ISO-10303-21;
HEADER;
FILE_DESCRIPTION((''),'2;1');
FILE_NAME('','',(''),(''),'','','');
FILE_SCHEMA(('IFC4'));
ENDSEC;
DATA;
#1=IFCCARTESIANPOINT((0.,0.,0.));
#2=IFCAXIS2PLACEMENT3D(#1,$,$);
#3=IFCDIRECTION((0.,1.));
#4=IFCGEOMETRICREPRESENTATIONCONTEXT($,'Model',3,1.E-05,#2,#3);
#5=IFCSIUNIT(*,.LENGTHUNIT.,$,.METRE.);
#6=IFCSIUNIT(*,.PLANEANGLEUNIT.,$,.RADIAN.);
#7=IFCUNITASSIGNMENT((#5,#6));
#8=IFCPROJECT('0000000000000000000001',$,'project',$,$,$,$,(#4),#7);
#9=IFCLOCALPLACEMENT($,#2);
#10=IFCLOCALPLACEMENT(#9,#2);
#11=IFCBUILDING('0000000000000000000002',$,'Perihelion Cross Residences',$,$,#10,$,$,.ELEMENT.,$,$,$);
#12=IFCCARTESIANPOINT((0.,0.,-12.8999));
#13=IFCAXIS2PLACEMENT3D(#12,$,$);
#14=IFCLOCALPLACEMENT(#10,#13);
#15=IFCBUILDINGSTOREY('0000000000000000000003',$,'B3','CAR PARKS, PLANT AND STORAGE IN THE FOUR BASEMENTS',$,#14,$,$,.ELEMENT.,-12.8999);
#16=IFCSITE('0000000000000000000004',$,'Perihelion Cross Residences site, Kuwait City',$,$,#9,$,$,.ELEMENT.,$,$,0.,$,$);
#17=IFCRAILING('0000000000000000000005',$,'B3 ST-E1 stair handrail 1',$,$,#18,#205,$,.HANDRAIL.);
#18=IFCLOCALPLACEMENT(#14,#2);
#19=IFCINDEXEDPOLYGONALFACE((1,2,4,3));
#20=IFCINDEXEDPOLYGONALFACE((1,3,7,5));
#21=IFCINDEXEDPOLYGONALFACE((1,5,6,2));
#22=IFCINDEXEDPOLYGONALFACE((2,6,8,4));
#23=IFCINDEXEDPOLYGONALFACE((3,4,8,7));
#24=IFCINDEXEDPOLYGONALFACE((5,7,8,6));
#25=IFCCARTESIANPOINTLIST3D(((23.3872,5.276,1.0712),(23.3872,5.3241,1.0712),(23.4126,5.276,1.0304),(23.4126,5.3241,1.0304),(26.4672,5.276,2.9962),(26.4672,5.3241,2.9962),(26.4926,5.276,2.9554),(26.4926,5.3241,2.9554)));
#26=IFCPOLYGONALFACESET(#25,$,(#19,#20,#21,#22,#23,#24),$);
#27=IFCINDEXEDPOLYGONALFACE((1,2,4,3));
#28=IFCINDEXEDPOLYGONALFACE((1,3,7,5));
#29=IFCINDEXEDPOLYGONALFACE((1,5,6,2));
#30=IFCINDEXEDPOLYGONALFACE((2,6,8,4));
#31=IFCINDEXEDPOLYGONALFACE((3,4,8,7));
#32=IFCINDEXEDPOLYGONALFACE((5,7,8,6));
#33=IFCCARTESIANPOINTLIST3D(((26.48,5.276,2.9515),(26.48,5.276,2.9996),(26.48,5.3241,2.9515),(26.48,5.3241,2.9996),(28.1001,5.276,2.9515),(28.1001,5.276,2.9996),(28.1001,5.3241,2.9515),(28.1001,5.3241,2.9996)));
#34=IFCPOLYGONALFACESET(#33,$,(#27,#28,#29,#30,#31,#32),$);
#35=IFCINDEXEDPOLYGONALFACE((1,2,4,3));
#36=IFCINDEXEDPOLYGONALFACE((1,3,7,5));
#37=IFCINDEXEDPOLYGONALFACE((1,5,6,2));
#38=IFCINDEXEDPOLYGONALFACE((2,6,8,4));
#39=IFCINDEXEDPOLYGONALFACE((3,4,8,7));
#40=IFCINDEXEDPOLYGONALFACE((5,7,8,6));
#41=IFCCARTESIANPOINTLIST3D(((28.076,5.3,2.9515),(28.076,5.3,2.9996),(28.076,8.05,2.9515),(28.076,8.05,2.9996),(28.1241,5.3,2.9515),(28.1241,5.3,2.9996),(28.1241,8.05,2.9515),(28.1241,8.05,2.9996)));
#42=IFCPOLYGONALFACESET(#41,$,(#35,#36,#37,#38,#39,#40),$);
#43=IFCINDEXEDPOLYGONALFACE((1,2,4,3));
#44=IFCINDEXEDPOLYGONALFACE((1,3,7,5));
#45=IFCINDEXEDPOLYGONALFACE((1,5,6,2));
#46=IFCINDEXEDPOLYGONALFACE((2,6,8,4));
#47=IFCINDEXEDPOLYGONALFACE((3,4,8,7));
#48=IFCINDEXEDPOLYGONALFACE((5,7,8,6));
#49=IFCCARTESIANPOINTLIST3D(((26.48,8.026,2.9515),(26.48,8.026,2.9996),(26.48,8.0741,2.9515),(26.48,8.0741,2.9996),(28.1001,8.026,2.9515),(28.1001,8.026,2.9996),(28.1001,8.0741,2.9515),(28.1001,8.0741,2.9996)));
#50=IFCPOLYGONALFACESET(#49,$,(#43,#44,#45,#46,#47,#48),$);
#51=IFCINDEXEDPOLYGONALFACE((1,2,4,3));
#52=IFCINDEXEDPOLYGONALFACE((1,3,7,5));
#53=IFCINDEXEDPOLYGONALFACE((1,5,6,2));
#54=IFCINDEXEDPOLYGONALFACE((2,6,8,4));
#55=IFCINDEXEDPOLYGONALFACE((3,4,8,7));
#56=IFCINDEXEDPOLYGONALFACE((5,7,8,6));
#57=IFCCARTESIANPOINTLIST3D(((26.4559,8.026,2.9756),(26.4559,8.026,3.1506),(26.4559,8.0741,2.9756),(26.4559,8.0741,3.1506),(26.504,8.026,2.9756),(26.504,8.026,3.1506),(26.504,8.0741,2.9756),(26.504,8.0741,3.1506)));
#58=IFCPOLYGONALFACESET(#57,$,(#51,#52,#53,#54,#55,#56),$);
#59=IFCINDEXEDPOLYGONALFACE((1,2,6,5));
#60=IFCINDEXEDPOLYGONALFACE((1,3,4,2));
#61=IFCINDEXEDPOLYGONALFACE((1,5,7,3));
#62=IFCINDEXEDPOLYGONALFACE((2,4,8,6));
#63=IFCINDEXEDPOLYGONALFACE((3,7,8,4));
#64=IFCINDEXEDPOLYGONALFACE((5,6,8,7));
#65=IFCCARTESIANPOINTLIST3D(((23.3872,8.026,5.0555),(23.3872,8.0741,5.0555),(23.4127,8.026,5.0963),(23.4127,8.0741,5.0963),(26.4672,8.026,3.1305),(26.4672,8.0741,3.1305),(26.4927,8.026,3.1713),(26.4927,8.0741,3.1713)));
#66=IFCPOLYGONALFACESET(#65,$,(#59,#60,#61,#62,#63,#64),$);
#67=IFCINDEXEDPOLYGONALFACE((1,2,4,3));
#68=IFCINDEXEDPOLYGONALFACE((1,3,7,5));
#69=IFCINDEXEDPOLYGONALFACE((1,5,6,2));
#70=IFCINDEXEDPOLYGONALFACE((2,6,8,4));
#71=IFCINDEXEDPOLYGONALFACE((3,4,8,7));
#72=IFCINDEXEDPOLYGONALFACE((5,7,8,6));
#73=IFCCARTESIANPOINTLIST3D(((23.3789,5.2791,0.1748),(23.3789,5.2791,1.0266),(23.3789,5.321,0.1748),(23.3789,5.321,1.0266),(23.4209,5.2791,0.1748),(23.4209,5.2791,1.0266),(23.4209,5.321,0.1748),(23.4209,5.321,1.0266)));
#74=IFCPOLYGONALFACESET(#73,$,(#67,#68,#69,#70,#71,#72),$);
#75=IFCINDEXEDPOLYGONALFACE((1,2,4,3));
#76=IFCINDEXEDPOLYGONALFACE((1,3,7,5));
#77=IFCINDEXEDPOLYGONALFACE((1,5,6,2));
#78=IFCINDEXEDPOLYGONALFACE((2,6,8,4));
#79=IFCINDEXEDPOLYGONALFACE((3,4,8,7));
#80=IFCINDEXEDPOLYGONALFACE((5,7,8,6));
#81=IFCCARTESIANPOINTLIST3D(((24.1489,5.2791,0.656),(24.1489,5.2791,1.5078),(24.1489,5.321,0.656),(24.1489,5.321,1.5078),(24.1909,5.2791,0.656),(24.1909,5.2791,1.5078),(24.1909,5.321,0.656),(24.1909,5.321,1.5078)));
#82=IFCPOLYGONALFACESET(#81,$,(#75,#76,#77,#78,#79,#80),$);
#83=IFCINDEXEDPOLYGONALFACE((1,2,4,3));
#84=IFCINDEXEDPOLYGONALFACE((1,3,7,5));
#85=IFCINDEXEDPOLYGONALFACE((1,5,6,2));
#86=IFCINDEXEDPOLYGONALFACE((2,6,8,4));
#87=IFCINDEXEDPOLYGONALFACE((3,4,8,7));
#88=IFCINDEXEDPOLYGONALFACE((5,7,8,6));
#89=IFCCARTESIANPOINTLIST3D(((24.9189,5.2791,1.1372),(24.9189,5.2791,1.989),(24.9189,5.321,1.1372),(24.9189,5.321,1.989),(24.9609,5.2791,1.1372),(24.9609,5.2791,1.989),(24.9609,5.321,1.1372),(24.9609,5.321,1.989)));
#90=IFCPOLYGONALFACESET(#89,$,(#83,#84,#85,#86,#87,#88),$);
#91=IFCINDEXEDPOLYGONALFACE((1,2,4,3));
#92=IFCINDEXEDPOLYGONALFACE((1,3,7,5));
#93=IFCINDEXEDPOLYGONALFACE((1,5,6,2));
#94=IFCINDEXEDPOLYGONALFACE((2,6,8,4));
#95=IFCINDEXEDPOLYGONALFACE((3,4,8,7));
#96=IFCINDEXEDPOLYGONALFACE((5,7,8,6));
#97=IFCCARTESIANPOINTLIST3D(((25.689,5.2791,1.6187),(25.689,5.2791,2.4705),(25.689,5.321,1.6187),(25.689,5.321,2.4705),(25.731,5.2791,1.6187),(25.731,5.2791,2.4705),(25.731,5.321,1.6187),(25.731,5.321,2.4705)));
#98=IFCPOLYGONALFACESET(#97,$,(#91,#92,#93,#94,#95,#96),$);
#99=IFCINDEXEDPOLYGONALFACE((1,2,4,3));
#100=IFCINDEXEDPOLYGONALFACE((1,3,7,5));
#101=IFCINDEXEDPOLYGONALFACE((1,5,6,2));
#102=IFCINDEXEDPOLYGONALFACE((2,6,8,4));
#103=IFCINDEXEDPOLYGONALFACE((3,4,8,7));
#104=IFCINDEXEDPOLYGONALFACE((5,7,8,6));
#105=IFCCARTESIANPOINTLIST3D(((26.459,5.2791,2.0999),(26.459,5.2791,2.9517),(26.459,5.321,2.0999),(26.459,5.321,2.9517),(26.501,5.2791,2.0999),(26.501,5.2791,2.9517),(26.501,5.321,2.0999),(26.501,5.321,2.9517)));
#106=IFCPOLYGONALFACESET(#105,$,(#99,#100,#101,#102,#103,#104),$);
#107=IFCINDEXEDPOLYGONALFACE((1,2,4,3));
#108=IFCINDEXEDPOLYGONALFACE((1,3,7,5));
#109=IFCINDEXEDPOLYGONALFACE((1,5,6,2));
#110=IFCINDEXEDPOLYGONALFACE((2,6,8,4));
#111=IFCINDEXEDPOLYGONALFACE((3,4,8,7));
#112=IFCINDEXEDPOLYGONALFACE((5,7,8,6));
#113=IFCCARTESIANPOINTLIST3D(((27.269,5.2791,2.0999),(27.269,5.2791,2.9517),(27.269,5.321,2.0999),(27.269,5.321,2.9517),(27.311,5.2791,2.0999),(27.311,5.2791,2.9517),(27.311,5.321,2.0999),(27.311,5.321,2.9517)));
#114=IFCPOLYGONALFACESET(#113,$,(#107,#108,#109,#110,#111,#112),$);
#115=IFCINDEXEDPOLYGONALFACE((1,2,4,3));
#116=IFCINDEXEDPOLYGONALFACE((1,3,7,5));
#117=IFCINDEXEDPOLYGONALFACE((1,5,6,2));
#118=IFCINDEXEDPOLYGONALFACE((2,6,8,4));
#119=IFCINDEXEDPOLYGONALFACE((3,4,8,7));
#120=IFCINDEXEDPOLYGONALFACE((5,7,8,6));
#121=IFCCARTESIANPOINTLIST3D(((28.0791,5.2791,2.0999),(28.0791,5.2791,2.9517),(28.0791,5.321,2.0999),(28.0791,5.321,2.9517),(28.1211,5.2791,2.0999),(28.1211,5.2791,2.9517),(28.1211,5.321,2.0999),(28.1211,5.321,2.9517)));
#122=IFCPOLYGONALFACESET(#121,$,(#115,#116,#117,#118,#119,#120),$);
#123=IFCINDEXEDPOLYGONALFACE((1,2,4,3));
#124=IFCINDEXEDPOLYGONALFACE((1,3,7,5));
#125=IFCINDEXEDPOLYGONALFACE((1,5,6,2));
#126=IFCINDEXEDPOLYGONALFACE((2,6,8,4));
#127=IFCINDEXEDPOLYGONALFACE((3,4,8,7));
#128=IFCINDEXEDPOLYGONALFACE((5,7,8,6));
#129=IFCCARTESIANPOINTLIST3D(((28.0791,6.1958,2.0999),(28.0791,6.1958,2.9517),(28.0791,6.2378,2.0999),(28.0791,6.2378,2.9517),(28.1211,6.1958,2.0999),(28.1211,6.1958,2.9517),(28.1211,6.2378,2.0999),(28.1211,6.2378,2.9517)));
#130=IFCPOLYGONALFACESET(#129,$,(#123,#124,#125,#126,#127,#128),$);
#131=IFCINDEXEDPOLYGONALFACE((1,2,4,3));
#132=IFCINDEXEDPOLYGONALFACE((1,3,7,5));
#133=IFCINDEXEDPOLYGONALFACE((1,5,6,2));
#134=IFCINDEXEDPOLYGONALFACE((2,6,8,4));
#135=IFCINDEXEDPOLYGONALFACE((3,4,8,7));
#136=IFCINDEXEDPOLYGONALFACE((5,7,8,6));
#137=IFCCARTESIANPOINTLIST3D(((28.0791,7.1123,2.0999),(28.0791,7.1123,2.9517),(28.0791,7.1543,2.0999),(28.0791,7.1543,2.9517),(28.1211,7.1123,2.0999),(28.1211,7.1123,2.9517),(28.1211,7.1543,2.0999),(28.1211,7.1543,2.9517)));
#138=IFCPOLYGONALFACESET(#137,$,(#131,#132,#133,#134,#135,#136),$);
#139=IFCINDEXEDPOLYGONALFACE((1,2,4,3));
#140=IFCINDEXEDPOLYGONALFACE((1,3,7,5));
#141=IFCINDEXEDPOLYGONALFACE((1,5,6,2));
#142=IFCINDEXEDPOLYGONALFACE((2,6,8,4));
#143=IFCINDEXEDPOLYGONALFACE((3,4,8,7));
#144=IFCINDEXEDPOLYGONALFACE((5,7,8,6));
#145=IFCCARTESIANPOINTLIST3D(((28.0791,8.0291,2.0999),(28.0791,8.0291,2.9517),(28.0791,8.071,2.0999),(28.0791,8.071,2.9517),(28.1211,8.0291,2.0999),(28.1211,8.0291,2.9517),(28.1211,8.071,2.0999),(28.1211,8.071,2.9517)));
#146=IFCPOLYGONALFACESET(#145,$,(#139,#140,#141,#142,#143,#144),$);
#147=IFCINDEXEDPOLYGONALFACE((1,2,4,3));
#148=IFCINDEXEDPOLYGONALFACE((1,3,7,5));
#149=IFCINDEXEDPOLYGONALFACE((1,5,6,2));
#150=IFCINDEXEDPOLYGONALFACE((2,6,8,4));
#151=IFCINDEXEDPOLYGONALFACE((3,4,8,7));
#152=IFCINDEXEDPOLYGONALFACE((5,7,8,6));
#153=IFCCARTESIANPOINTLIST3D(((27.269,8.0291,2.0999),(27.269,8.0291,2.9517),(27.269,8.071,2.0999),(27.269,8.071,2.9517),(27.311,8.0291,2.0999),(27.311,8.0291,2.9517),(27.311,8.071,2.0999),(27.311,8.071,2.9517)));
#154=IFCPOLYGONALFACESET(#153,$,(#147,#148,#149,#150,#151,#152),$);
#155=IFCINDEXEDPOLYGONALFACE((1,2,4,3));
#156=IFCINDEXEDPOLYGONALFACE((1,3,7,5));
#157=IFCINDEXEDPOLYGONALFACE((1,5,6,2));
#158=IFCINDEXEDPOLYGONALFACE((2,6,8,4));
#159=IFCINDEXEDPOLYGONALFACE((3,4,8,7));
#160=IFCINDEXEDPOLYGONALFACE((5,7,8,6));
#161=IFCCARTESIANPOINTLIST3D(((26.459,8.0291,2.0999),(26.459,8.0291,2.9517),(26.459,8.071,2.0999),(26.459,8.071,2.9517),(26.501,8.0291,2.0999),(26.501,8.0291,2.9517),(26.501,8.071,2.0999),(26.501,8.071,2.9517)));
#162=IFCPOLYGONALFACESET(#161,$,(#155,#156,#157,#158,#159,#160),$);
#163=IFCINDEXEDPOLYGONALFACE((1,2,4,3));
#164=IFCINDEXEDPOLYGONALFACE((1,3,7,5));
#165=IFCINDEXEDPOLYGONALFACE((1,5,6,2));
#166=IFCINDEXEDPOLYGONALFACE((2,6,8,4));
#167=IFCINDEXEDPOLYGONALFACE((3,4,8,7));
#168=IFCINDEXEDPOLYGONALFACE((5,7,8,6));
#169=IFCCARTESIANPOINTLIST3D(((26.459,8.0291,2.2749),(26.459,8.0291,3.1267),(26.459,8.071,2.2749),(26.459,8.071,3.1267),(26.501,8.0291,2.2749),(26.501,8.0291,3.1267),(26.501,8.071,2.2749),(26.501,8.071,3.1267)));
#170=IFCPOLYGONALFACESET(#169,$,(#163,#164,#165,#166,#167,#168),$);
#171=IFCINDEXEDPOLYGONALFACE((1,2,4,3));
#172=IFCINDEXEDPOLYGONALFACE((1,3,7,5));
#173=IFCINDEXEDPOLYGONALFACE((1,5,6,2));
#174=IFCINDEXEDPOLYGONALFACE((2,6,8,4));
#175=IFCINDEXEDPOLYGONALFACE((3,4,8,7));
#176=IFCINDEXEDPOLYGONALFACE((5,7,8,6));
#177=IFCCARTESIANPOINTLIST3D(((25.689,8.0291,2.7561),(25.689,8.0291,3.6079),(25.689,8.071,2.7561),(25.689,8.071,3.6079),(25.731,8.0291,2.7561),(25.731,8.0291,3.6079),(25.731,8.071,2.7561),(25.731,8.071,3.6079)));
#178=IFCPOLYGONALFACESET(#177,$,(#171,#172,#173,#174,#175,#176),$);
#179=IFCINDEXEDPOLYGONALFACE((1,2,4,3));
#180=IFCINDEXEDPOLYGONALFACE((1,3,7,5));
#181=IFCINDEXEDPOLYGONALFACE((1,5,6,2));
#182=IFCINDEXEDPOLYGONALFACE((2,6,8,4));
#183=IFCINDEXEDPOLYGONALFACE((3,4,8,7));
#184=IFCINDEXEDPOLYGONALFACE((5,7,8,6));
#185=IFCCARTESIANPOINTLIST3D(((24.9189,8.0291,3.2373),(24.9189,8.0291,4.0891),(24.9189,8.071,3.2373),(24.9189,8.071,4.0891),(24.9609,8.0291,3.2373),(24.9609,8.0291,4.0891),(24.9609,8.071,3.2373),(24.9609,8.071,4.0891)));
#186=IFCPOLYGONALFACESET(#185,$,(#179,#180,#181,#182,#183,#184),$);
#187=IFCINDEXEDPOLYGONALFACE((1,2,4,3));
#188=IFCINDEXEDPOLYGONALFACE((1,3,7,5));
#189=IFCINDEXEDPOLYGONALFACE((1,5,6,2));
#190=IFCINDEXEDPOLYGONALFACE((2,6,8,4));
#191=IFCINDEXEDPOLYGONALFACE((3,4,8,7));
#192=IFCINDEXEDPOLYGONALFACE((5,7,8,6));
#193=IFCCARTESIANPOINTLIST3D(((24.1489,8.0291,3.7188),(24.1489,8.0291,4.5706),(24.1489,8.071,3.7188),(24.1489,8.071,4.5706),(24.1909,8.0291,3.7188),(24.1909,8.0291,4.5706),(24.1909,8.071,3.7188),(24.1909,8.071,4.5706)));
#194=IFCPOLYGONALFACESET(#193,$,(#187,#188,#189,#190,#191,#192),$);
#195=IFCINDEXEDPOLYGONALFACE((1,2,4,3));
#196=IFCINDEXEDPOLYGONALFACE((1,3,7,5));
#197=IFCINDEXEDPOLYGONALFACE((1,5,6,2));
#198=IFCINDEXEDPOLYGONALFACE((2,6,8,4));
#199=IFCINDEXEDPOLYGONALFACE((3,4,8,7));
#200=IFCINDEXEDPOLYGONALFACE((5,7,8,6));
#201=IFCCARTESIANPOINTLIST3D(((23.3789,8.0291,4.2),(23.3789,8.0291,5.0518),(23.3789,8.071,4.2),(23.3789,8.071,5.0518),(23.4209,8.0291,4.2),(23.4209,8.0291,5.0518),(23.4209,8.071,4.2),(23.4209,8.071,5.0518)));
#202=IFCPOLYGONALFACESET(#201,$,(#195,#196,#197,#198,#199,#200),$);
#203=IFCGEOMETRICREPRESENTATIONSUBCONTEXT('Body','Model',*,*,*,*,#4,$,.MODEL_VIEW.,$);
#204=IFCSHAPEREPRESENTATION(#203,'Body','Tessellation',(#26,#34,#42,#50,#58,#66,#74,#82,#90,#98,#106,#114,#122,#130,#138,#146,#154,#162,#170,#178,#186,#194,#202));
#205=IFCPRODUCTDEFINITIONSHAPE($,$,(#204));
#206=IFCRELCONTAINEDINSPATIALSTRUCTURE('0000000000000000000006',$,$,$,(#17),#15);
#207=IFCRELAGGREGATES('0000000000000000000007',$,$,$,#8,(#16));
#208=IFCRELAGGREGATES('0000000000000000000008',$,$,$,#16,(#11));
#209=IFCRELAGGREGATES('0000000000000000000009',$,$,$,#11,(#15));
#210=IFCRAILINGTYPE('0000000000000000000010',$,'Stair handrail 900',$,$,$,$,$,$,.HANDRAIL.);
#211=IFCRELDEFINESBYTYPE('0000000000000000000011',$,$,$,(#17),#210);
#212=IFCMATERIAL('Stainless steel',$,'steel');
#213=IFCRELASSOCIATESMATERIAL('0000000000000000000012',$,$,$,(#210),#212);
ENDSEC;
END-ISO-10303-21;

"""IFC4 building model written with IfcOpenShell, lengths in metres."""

from ifc_helpers import new_model, si_unit, direction, frame, origin, origin_2d, place, context, subcontext, project, spatial, rectangle, extrude, material, type_object, element, save


model = new_model("IFC4")

# Units and contexts
model_context = context("Model", 3, precision=1e-05, world=origin(), true_north=direction((0.0, 1.0)))
body_context = subcontext(model_context, "Body", "Model", "MODEL_VIEW")
ifc_project = project(units=[si_unit("LENGTHUNIT", "METRE"), si_unit("PLANEANGLEUNIT", "RADIAN")], contexts=[model_context])

# Site, building, storey
site_placement = place(None, origin())
site = spatial("IfcSite", under=ifc_project, at=site_placement, Name="Perihelion Cross Residences site, Kuwait City", CompositionType="ELEMENT", RefElevation=0.0)
building_placement = place(site_placement, origin())
building = spatial("IfcBuilding", under=site, at=building_placement, Name="Perihelion Cross Residences", CompositionType="ELEMENT")
storey_placement = place(building_placement, frame((0.0, 0.0, -12.8999)))
storey = spatial("IfcBuildingStorey", under=building, at=storey_placement, Name="B3", Description="CAR PARKS, PLANT AND STORAGE IN THE FOUR BASEMENTS", CompositionType="ELEMENT", Elevation=-12.8999)

# Railing
ifc_material_1 = material(Name="Stainless steel", Category="steel")
railing_type = type_object("IfcRailingType", Name="Stair handrail 900", PredefinedType="HANDRAIL", material=ifc_material_1)
railing_placement = place(storey_placement, frame((23.3999, 5.3, 0.1748)))
element("IfcRailing", 1, at=railing_placement, inside=storey, type_object=railing_type, Name="B3 ST-E1 stair handrail 1", PredefinedType="HANDRAIL", context=body_context, shape_type="SweptSolid", body=[
    extrude(rectangle(XDim=0.0481, YDim=0.0481, at=origin_2d()), frame((0.0, 0.0, 0.876), z_axis=(0.847998, 0.0, 0.529999), x_axis=(0.0, 1.0, 0.0)), (0.0, 0.0, 1.0), 3.6321),
    extrude(rectangle(XDim=0.0481, YDim=0.0481, at=origin_2d()), frame((3.0801, 0.0, 2.8008), z_axis=(1.0, 0.0, 0.0), x_axis=(0.0, 1.0, 0.0)), (0.0, 0.0, 1.0), 1.6201),
    extrude(rectangle(XDim=0.0481, YDim=0.0481, at=origin_2d()), frame((4.7002, 0.0, 2.8008), z_axis=(0.0, 1.0, 0.0), x_axis=(-1.0, 0.0, 0.0)), (0.0, 0.0, 1.0), 2.75),
    extrude(rectangle(XDim=0.0481, YDim=0.0481, at=origin_2d()), frame((4.7002, 2.75, 2.8008), z_axis=(-1.0, 0.0, 0.0), x_axis=(0.0, -1.0, 0.0)), (0.0, 0.0, 1.0), 1.6201),
    extrude(rectangle(XDim=0.0481, YDim=0.0481, at=origin_2d()), frame((3.0801, 2.75, 2.8008), z_axis=(0.0, 0.0, 1.0), x_axis=(1.0, 0.0, 0.0)), (0.0, 0.0, 1.0), 0.175),
    extrude(rectangle(XDim=0.0481, YDim=0.0481, at=origin_2d()), frame((3.0801, 2.75, 2.9761), z_axis=(-0.847998, 0.0, 0.529999), x_axis=(0.0, -1.0, 0.0)), (0.0, 0.0, 1.0), 3.6321),
    extrude(rectangle(XDim=0.042, YDim=0.042, at=origin_2d()), origin(), (0.0, 0.0, 1.0), 0.8518),
    extrude(rectangle(XDim=0.042, YDim=0.042, at=origin_2d()), frame((0.77, 0.0, 0.4812)), (0.0, 0.0, 1.0), 0.8518),
    extrude(rectangle(XDim=0.042, YDim=0.042, at=origin_2d()), frame((1.54, 0.0, 0.9624)), (0.0, 0.0, 1.0), 0.8518),
    extrude(rectangle(XDim=0.042, YDim=0.042, at=origin_2d()), frame((2.3101, 0.0, 1.4438)), (0.0, 0.0, 1.0), 0.8518),
    extrude(rectangle(XDim=0.042, YDim=0.042, at=origin_2d()), frame((3.0801, 0.0, 1.925)), (0.0, 0.0, 1.0), 0.8518),
    extrude(rectangle(XDim=0.042, YDim=0.042, at=origin_2d()), frame((3.8901, 0.0, 1.925)), (0.0, 0.0, 1.0), 0.8518),
    extrude(rectangle(XDim=0.042, YDim=0.042, at=origin_2d()), frame((4.7002, 0.0, 1.925)), (0.0, 0.0, 1.0), 0.8518),
    extrude(rectangle(XDim=0.042, YDim=0.042, at=origin_2d()), frame((4.7002, 0.9167, 1.925)), (0.0, 0.0, 1.0), 0.8518),
    extrude(rectangle(XDim=0.042, YDim=0.042, at=origin_2d()), frame((4.7002, 1.8333, 1.925)), (0.0, 0.0, 1.0), 0.8518),
    extrude(rectangle(XDim=0.042, YDim=0.042, at=origin_2d()), frame((4.7002, 2.75, 1.925)), (0.0, 0.0, 1.0), 0.8518),
    extrude(rectangle(XDim=0.042, YDim=0.042, at=origin_2d()), frame((3.8901, 2.75, 1.925)), (0.0, 0.0, 1.0), 0.8518),
    extrude(rectangle(XDim=0.042, YDim=0.042, at=origin_2d()), frame((3.0801, 2.75, 1.925)), (0.0, 0.0, 1.0), 0.8518),
    extrude(rectangle(XDim=0.042, YDim=0.042, at=origin_2d()), frame((3.0801, 2.75, 2.1001)), (0.0, 0.0, 1.0), 0.8518),
    extrude(rectangle(XDim=0.042, YDim=0.042, at=origin_2d()), frame((2.3101, 2.75, 2.5813)), (0.0, 0.0, 1.0), 0.8518),
    extrude(rectangle(XDim=0.042, YDim=0.042, at=origin_2d()), frame((1.54, 2.75, 3.0625)), (0.0, 0.0, 1.0), 0.8518),
    extrude(rectangle(XDim=0.042, YDim=0.042, at=origin_2d()), frame((0.77, 2.75, 3.5439)), (0.0, 0.0, 1.0), 0.8518),
    extrude(rectangle(XDim=0.042, YDim=0.042, at=origin_2d()), frame((0.0, 2.75, 4.0251)), (0.0, 0.0, 1.0), 0.8518),
])

save(model, "model.ifc")
